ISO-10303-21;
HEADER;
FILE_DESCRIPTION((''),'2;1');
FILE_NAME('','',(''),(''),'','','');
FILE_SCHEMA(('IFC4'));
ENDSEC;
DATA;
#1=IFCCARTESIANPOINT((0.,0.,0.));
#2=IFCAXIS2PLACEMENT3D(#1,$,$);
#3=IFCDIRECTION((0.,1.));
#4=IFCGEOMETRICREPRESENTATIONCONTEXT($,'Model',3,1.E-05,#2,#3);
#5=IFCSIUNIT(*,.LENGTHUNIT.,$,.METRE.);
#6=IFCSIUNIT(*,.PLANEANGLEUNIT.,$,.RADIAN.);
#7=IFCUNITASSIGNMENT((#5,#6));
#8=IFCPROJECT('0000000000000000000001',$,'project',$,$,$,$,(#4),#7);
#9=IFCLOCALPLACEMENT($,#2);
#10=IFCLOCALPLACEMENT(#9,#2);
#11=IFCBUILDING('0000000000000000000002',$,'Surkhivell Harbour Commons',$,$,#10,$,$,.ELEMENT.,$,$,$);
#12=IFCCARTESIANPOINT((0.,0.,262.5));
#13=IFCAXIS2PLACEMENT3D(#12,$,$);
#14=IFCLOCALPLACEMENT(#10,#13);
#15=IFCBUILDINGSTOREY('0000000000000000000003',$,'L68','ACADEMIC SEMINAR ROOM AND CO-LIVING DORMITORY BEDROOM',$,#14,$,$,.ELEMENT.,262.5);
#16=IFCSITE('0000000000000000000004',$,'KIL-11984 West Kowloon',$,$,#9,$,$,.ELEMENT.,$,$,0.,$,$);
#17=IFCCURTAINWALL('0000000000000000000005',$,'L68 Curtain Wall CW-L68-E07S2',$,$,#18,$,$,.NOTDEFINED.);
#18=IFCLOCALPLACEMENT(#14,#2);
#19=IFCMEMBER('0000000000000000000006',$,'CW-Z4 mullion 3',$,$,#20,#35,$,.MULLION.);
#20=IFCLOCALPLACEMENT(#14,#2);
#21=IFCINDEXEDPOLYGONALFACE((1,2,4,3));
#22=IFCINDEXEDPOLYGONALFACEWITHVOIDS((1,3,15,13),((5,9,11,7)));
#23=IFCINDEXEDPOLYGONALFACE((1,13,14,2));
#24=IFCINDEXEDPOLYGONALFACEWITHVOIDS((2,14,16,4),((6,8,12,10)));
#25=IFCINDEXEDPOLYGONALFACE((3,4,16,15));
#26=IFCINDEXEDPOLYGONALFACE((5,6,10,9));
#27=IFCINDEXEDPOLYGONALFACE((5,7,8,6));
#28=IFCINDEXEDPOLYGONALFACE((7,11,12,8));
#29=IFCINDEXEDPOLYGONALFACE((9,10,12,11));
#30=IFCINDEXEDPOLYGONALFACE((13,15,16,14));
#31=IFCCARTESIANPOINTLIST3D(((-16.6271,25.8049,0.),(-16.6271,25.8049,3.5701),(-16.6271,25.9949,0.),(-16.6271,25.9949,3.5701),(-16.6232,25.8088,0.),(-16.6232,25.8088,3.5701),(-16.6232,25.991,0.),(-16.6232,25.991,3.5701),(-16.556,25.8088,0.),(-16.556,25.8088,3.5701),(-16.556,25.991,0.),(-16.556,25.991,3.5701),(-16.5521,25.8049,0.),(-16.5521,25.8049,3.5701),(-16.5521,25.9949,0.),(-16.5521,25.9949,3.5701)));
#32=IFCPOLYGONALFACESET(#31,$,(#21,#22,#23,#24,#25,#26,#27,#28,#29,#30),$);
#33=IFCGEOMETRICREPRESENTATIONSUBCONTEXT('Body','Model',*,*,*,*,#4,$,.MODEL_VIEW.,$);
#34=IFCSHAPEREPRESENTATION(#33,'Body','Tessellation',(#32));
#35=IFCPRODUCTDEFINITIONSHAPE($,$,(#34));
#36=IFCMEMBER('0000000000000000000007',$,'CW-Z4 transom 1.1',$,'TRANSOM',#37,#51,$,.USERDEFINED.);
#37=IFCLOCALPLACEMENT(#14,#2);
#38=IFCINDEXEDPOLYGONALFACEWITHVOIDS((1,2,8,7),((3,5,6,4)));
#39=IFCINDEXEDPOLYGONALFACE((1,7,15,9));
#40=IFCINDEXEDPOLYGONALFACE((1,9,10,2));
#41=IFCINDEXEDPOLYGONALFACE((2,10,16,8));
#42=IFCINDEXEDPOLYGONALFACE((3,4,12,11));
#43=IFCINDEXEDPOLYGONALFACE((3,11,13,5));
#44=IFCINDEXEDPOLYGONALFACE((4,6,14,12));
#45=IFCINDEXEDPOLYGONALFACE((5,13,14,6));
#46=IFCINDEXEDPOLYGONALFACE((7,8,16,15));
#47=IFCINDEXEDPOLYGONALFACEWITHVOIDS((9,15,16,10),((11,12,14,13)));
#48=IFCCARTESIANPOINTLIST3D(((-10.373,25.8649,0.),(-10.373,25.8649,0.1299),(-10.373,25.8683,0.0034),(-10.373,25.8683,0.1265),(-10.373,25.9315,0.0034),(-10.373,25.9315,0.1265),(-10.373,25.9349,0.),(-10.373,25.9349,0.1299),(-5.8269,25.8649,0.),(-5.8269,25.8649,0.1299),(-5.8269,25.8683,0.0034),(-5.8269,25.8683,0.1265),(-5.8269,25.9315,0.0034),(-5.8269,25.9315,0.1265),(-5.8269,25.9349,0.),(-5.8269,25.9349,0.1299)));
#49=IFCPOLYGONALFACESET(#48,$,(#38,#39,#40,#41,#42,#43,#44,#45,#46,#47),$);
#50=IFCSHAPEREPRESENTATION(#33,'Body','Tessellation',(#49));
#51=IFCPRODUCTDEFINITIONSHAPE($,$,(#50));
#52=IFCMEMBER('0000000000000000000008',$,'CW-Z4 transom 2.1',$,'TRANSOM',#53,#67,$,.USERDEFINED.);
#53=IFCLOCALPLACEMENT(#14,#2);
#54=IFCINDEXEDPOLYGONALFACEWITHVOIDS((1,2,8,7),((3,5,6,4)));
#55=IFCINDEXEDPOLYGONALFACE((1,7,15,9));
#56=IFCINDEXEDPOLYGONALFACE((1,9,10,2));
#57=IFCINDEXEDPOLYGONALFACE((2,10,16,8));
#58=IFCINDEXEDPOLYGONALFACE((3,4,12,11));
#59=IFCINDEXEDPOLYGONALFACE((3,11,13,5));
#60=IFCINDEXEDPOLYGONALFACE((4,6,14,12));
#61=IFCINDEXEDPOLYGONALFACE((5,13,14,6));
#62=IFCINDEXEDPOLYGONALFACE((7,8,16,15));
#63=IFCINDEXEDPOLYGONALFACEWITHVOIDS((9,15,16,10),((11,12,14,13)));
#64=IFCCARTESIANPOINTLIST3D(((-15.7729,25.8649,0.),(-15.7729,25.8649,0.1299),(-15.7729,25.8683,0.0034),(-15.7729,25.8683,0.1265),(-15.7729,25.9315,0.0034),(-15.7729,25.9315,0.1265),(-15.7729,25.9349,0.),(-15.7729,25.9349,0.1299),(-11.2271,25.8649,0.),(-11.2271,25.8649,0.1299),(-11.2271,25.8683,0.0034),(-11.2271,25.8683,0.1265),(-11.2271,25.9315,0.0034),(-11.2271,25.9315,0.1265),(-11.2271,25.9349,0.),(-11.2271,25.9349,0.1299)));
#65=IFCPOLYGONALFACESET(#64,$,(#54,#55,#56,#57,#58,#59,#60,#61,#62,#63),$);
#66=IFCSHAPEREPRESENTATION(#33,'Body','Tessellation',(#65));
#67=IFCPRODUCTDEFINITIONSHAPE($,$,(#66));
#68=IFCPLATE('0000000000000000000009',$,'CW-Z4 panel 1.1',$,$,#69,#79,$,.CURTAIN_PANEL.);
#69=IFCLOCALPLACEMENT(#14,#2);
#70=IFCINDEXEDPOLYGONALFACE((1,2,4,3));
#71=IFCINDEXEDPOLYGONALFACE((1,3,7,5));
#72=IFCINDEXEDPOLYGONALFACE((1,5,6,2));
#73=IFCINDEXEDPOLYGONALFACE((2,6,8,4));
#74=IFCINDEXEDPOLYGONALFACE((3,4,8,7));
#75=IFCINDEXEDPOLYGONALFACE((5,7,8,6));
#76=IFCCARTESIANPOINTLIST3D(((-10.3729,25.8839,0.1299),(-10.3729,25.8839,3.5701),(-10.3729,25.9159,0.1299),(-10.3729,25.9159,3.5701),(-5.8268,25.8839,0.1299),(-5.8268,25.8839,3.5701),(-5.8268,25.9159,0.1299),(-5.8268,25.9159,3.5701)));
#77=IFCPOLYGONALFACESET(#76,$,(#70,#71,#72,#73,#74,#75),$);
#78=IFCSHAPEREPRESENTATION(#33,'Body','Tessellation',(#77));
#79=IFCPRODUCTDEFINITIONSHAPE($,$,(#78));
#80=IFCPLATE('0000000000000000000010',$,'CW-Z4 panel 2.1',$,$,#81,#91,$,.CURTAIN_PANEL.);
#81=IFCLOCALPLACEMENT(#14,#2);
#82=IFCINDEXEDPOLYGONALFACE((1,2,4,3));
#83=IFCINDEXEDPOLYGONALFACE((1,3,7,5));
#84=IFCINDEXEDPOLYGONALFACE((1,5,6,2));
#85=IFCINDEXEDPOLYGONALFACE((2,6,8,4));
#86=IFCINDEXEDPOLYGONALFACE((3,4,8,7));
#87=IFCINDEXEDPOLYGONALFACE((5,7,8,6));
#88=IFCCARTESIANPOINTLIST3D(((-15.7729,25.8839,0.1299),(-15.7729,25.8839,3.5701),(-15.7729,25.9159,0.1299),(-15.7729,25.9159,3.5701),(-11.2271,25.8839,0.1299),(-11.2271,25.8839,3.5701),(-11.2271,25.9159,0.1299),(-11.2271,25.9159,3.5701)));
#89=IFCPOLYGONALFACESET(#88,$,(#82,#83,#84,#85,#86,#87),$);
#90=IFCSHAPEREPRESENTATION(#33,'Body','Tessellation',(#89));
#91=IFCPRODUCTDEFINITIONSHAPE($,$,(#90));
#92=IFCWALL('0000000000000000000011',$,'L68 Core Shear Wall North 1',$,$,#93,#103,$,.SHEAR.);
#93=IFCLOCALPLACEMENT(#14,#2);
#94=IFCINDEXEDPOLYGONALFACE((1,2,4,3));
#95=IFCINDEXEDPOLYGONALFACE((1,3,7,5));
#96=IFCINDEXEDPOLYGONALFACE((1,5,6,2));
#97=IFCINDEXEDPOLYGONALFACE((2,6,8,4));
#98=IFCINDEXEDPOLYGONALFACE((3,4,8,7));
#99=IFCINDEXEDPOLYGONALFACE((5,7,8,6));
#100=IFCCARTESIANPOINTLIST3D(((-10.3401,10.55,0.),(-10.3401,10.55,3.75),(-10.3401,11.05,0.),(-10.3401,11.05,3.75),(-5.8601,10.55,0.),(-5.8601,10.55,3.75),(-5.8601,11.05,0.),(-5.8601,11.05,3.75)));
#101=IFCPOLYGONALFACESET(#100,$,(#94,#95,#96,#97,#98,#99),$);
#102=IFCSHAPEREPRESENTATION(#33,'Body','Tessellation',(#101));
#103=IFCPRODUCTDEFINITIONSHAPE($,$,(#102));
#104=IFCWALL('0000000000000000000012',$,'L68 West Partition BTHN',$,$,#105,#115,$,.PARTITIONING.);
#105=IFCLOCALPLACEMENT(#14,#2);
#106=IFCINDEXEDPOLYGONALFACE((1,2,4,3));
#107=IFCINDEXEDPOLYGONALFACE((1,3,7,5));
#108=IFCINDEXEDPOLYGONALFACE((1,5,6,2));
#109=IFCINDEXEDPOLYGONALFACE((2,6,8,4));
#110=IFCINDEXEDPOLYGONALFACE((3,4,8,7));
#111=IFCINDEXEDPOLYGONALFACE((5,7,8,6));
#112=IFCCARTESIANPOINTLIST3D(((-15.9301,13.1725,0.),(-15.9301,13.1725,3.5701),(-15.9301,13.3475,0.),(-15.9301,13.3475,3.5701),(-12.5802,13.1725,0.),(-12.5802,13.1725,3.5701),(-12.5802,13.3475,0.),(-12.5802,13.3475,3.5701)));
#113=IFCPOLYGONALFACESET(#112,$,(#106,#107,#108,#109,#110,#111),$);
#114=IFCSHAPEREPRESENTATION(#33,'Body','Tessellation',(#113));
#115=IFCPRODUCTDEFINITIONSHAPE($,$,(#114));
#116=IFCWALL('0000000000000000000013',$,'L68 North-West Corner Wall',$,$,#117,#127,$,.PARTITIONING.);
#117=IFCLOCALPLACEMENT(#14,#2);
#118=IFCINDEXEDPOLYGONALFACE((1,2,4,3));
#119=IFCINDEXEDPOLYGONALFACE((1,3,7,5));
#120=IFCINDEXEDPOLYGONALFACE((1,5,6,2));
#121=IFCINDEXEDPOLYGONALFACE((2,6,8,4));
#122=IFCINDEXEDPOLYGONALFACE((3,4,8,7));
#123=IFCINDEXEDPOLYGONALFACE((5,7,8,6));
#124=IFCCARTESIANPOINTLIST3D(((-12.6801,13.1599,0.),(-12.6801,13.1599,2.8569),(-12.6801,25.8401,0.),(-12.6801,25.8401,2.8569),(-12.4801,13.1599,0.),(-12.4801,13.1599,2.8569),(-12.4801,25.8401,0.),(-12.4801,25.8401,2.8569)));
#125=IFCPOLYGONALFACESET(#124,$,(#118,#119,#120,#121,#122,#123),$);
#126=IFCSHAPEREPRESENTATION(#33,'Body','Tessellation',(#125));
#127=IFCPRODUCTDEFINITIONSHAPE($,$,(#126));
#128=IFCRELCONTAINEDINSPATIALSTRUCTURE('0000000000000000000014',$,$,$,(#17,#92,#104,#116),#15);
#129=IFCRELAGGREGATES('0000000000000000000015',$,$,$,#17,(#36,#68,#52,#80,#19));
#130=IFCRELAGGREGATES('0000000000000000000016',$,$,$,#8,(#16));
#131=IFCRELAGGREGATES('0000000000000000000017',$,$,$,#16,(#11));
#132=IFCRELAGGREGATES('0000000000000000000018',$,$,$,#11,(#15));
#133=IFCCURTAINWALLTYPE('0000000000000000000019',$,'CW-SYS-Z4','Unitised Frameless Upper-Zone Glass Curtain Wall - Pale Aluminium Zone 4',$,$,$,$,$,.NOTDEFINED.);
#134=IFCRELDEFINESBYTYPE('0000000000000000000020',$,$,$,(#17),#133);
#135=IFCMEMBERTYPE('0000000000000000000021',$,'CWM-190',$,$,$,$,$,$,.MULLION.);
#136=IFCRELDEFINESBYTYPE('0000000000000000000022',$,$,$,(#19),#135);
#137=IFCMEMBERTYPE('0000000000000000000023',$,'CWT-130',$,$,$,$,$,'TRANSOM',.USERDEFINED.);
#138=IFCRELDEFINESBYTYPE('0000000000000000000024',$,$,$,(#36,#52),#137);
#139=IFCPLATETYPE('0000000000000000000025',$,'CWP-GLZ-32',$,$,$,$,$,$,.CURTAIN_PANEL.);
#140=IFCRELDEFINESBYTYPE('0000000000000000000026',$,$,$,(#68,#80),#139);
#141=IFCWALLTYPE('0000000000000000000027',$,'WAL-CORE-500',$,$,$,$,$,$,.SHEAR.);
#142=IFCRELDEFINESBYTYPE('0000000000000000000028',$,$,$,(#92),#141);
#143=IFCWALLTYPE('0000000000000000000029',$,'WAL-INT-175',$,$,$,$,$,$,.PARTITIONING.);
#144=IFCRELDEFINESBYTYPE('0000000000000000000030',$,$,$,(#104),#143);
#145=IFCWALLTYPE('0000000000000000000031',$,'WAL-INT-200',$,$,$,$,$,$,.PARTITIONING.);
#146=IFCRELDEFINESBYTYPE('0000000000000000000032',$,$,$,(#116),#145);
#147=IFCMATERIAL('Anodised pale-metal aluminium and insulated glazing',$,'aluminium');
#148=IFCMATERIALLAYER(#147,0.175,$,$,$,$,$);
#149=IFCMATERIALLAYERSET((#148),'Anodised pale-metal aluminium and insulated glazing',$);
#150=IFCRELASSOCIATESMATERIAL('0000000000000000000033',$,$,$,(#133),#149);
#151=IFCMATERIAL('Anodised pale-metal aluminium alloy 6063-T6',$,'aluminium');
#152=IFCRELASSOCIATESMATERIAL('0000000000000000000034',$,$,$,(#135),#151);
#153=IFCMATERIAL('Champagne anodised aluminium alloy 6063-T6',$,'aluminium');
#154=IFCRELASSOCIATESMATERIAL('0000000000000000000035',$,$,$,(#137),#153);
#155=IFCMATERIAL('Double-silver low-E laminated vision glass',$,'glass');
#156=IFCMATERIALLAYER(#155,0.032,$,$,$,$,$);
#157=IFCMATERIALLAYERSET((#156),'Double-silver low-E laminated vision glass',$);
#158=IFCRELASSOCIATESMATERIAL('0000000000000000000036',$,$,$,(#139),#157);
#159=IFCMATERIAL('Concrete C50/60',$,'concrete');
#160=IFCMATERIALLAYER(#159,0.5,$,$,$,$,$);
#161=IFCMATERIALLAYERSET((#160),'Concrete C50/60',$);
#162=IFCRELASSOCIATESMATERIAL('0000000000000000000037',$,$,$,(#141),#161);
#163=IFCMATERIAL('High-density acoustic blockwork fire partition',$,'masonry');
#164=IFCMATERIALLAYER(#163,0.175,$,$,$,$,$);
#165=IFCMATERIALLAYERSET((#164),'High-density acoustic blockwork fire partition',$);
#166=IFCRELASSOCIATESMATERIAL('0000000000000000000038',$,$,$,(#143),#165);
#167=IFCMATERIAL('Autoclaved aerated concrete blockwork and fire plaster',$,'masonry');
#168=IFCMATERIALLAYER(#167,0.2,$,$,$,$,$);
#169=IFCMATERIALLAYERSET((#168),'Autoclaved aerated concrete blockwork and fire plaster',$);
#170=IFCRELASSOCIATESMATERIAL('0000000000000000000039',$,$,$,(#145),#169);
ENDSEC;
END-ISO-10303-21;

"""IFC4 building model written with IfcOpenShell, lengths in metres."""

from ifc_helpers import new_model, si_unit, direction, frame, frame_2d, origin, origin_2d, place, context, subcontext, project, spatial, rectangle, hollow_rectangle, extrude, material, layer, layer_set, material_profile, profile_set, type_object, element, aggregate, save


model = new_model("IFC4")

# Units and contexts
model_context = context("Model", 3, precision=1e-05, world=origin(), true_north=direction((0.0, 1.0)))
body_context = subcontext(model_context, "Body", "Model", "MODEL_VIEW")
ifc_project = project(units=[si_unit("LENGTHUNIT", "METRE"), si_unit("PLANEANGLEUNIT", "RADIAN")], contexts=[model_context])

# Site, building, storey
site_placement = place(None, origin())
site = spatial("IfcSite", under=ifc_project, at=site_placement, Name="KIL-11984 West Kowloon", CompositionType="ELEMENT", RefElevation=0.0)
building_placement = place(site_placement, origin())
building = spatial("IfcBuilding", under=site, at=building_placement, Name="Surkhivell Harbour Commons", CompositionType="ELEMENT")
storey_placement = place(building_placement, frame((0.0, 0.0, 262.5)))
storey = spatial("IfcBuildingStorey", under=building, at=storey_placement, Name="L68", Description="ACADEMIC SEMINAR ROOM AND CO-LIVING DORMITORY BEDROOM", CompositionType="ELEMENT", Elevation=262.5)

# Shared definitions
ifc_material_1 = material(Name="Concrete C50/60", Category="concrete")

# Curtain wall, members, plates
ifc_material_2 = material(Name="Anodised pale-metal aluminium and insulated glazing", Category="aluminium")
ifc_layer_1 = layer(ifc_material_2, 0.175)
ifc_layer_set_1 = layer_set([ifc_layer_1], Name="Anodised pale-metal aluminium and insulated glazing")
curtain_wall_type = type_object("IfcCurtainWallType", Name="CW-SYS-Z4", Description="Unitised Frameless Upper-Zone Glass Curtain Wall - Pale Aluminium Zone 4", PredefinedType="NOTDEFINED", material=ifc_layer_set_1)
curtain_wall_placement = place(storey_placement, origin())
curtain_wall = element("IfcCurtainWall", 1, at=curtain_wall_placement, inside=storey, type_object=curtain_wall_type, Name="L68 Curtain Wall CW-L68-E07S2", PredefinedType="NOTDEFINED")
ifc_material_3 = material(Name="Anodised pale-metal aluminium alloy 6063-T6", Category="aluminium")
ifc_material_profile_1 = material_profile(ifc_material_3, hollow_rectangle(XDim=0.075, YDim=0.1899, WallThickness=0.0039, at=origin_2d()), Name="ALU-MULL-75x190")
ifc_profile_set_1 = profile_set([ifc_material_profile_1], Name="Anodised pale-metal aluminium alloy 6063-T6")
member_type_1 = type_object("IfcMemberType", Name="CWM-190", PredefinedType="MULLION", material=ifc_profile_set_1)
member_1_placement = place(storey_placement, frame((-16.5896, 25.8999, 0.0), z_axis=(0.0, 0.0, 1.0), x_axis=(-1.0, 0.0, 0.0)))
member_1 = element("IfcMember", 2, at=member_1_placement, type_object=member_type_1, Name="CW-Z4 mullion 3", PredefinedType="MULLION", context=body_context, shape_type="SweptSolid", body=[
    extrude(hollow_rectangle(XDim=0.075, YDim=0.1899, WallThickness=0.0039, at=origin_2d()), origin(), (0.0, 0.0, 1.0), 3.5701),
])
ifc_material_4 = material(Name="Champagne anodised aluminium alloy 6063-T6", Category="aluminium")
ifc_material_profile_2 = material_profile(ifc_material_4, hollow_rectangle(XDim=0.0701, YDim=0.1299, WallThickness=0.0034, at=origin_2d()), Name="ALU-TRAN-70x130")
ifc_profile_set_2 = profile_set([ifc_material_profile_2], Name="Champagne anodised aluminium alloy 6063-T6")
member_type_2 = type_object("IfcMemberType", Name="CWT-130", ElementType="TRANSOM", PredefinedType="USERDEFINED", material=ifc_profile_set_2)
member_2_placement = place(storey_placement, frame((-5.8269, 25.8999, 0.0649), z_axis=(-1.0, 0.0, 0.0), x_axis=(0.0, -1.0, 0.0)))
member_2 = element("IfcMember", 3, at=member_2_placement, type_object=member_type_2, Name="CW-Z4 transom 1.1", ObjectType="TRANSOM", PredefinedType="USERDEFINED", context=body_context, shape_type="SweptSolid", body=[
    extrude(hollow_rectangle(XDim=0.0701, YDim=0.1299, WallThickness=0.0034, at=origin_2d()), origin(), (0.0, 0.0, 1.0), 4.5461),
])
member_3_placement = place(storey_placement, frame((-11.2271, 25.8999, 0.0649), z_axis=(-1.0, 0.0, 0.0), x_axis=(0.0, -1.0, 0.0)))
member_3 = element("IfcMember", 4, at=member_3_placement, type_object=member_type_2, Name="CW-Z4 transom 2.1", ObjectType="TRANSOM", PredefinedType="USERDEFINED", context=body_context, shape_type="SweptSolid", body=[
    extrude(hollow_rectangle(XDim=0.0701, YDim=0.1299, WallThickness=0.0034, at=origin_2d()), origin(), (0.0, 0.0, 1.0), 4.5459),
])
ifc_material_5 = material(Name="Double-silver low-E laminated vision glass", Category="glass")
ifc_layer_2 = layer(ifc_material_5, 0.032)
ifc_layer_set_2 = layer_set([ifc_layer_2], Name="Double-silver low-E laminated vision glass")
plate_type = type_object("IfcPlateType", Name="CWP-GLZ-32", PredefinedType="CURTAIN_PANEL", material=ifc_layer_set_2)
plate_1_placement = place(storey_placement, frame((-5.8269, 25.8999, 0.1299), z_axis=(0.0, 0.0, 1.0), x_axis=(-1.0, 0.0, 0.0)))
plate_1 = element("IfcPlate", 5, at=plate_1_placement, type_object=plate_type, Name="CW-Z4 panel 1.1", PredefinedType="CURTAIN_PANEL", context=body_context, shape_type="SweptSolid", body=[
    extrude(rectangle(XDim=4.5461, YDim=0.032, at=frame_2d((2.2729, 0.0))), origin(), (0.0, 0.0, 1.0), 3.4402),
])
plate_2_placement = place(storey_placement, frame((-11.2271, 25.8999, 0.1299), z_axis=(0.0, 0.0, 1.0), x_axis=(-1.0, 0.0, 0.0)))
plate_2 = element("IfcPlate", 6, at=plate_2_placement, type_object=plate_type, Name="CW-Z4 panel 2.1", PredefinedType="CURTAIN_PANEL", context=body_context, shape_type="SweptSolid", body=[
    extrude(rectangle(XDim=4.5459, YDim=0.032, at=frame_2d((2.2729, 0.0))), origin(), (0.0, 0.0, 1.0), 3.4402),
])
aggregate(curtain_wall, [member_2, plate_1, member_3, plate_2, member_1])

# Walls
ifc_layer_3 = layer(ifc_material_1, 0.5)
ifc_layer_set_3 = layer_set([ifc_layer_3], Name="Concrete C50/60")
wall_type_1 = type_object("IfcWallType", Name="WAL-CORE-500", PredefinedType="SHEAR", material=ifc_layer_set_3)
wall_1_placement = place(storey_placement, frame((-10.3401, 10.8, 0.0), z_axis=(0.0, 0.0, 1.0), x_axis=(1.0, 0.0, 0.0)))
element("IfcWall", 7, at=wall_1_placement, inside=storey, type_object=wall_type_1, Name="L68 Core Shear Wall North 1", PredefinedType="SHEAR", context=body_context, shape_type="SweptSolid", body=[
    extrude(rectangle(XDim=4.48, YDim=0.5, at=frame_2d((2.24, 0.0))), origin(), (0.0, 0.0, 1.0), 3.75),
])
ifc_material_6 = material(Name="High-density acoustic blockwork fire partition", Category="masonry")
ifc_layer_4 = layer(ifc_material_6, 0.175)
ifc_layer_set_4 = layer_set([ifc_layer_4], Name="High-density acoustic blockwork fire partition")
wall_type_2 = type_object("IfcWallType", Name="WAL-INT-175", PredefinedType="PARTITIONING", material=ifc_layer_set_4)
wall_2_placement = place(storey_placement, frame((-15.9299, 13.26, 0.0), z_axis=(0.0, 0.0, 1.0), x_axis=(1.0, 0.0, 0.0)))
element("IfcWall", 8, at=wall_2_placement, inside=storey, type_object=wall_type_2, Name="L68 West Partition BTHN", PredefinedType="PARTITIONING", context=body_context, shape_type="SweptSolid", body=[
    extrude(rectangle(XDim=3.3499, YDim=0.175, at=frame_2d((1.6748, 0.0))), origin(), (0.0, 0.0, 1.0), 3.5701),
])
ifc_material_7 = material(Name="Autoclaved aerated concrete blockwork and fire plaster", Category="masonry")
ifc_layer_5 = layer(ifc_material_7, 0.2)
ifc_layer_set_5 = layer_set([ifc_layer_5], Name="Autoclaved aerated concrete blockwork and fire plaster")
wall_type_3 = type_object("IfcWallType", Name="WAL-INT-200", PredefinedType="PARTITIONING", material=ifc_layer_set_5)
wall_3_placement = place(storey_placement, frame((-12.5801, 13.1599, 0.0), z_axis=(0.0, 0.0, 1.0), x_axis=(0.0, 1.0, 0.0)))
element("IfcWall", 9, at=wall_3_placement, inside=storey, type_object=wall_type_3, Name="L68 North-West Corner Wall", PredefinedType="PARTITIONING", context=body_context, shape_type="SweptSolid", body=[
    extrude(rectangle(XDim=12.6802, YDim=0.2, at=frame_2d((6.3401, 0.0))), origin(), (0.0, 0.0, 1.0), 2.8569),
])

save(model, "model.ifc")
